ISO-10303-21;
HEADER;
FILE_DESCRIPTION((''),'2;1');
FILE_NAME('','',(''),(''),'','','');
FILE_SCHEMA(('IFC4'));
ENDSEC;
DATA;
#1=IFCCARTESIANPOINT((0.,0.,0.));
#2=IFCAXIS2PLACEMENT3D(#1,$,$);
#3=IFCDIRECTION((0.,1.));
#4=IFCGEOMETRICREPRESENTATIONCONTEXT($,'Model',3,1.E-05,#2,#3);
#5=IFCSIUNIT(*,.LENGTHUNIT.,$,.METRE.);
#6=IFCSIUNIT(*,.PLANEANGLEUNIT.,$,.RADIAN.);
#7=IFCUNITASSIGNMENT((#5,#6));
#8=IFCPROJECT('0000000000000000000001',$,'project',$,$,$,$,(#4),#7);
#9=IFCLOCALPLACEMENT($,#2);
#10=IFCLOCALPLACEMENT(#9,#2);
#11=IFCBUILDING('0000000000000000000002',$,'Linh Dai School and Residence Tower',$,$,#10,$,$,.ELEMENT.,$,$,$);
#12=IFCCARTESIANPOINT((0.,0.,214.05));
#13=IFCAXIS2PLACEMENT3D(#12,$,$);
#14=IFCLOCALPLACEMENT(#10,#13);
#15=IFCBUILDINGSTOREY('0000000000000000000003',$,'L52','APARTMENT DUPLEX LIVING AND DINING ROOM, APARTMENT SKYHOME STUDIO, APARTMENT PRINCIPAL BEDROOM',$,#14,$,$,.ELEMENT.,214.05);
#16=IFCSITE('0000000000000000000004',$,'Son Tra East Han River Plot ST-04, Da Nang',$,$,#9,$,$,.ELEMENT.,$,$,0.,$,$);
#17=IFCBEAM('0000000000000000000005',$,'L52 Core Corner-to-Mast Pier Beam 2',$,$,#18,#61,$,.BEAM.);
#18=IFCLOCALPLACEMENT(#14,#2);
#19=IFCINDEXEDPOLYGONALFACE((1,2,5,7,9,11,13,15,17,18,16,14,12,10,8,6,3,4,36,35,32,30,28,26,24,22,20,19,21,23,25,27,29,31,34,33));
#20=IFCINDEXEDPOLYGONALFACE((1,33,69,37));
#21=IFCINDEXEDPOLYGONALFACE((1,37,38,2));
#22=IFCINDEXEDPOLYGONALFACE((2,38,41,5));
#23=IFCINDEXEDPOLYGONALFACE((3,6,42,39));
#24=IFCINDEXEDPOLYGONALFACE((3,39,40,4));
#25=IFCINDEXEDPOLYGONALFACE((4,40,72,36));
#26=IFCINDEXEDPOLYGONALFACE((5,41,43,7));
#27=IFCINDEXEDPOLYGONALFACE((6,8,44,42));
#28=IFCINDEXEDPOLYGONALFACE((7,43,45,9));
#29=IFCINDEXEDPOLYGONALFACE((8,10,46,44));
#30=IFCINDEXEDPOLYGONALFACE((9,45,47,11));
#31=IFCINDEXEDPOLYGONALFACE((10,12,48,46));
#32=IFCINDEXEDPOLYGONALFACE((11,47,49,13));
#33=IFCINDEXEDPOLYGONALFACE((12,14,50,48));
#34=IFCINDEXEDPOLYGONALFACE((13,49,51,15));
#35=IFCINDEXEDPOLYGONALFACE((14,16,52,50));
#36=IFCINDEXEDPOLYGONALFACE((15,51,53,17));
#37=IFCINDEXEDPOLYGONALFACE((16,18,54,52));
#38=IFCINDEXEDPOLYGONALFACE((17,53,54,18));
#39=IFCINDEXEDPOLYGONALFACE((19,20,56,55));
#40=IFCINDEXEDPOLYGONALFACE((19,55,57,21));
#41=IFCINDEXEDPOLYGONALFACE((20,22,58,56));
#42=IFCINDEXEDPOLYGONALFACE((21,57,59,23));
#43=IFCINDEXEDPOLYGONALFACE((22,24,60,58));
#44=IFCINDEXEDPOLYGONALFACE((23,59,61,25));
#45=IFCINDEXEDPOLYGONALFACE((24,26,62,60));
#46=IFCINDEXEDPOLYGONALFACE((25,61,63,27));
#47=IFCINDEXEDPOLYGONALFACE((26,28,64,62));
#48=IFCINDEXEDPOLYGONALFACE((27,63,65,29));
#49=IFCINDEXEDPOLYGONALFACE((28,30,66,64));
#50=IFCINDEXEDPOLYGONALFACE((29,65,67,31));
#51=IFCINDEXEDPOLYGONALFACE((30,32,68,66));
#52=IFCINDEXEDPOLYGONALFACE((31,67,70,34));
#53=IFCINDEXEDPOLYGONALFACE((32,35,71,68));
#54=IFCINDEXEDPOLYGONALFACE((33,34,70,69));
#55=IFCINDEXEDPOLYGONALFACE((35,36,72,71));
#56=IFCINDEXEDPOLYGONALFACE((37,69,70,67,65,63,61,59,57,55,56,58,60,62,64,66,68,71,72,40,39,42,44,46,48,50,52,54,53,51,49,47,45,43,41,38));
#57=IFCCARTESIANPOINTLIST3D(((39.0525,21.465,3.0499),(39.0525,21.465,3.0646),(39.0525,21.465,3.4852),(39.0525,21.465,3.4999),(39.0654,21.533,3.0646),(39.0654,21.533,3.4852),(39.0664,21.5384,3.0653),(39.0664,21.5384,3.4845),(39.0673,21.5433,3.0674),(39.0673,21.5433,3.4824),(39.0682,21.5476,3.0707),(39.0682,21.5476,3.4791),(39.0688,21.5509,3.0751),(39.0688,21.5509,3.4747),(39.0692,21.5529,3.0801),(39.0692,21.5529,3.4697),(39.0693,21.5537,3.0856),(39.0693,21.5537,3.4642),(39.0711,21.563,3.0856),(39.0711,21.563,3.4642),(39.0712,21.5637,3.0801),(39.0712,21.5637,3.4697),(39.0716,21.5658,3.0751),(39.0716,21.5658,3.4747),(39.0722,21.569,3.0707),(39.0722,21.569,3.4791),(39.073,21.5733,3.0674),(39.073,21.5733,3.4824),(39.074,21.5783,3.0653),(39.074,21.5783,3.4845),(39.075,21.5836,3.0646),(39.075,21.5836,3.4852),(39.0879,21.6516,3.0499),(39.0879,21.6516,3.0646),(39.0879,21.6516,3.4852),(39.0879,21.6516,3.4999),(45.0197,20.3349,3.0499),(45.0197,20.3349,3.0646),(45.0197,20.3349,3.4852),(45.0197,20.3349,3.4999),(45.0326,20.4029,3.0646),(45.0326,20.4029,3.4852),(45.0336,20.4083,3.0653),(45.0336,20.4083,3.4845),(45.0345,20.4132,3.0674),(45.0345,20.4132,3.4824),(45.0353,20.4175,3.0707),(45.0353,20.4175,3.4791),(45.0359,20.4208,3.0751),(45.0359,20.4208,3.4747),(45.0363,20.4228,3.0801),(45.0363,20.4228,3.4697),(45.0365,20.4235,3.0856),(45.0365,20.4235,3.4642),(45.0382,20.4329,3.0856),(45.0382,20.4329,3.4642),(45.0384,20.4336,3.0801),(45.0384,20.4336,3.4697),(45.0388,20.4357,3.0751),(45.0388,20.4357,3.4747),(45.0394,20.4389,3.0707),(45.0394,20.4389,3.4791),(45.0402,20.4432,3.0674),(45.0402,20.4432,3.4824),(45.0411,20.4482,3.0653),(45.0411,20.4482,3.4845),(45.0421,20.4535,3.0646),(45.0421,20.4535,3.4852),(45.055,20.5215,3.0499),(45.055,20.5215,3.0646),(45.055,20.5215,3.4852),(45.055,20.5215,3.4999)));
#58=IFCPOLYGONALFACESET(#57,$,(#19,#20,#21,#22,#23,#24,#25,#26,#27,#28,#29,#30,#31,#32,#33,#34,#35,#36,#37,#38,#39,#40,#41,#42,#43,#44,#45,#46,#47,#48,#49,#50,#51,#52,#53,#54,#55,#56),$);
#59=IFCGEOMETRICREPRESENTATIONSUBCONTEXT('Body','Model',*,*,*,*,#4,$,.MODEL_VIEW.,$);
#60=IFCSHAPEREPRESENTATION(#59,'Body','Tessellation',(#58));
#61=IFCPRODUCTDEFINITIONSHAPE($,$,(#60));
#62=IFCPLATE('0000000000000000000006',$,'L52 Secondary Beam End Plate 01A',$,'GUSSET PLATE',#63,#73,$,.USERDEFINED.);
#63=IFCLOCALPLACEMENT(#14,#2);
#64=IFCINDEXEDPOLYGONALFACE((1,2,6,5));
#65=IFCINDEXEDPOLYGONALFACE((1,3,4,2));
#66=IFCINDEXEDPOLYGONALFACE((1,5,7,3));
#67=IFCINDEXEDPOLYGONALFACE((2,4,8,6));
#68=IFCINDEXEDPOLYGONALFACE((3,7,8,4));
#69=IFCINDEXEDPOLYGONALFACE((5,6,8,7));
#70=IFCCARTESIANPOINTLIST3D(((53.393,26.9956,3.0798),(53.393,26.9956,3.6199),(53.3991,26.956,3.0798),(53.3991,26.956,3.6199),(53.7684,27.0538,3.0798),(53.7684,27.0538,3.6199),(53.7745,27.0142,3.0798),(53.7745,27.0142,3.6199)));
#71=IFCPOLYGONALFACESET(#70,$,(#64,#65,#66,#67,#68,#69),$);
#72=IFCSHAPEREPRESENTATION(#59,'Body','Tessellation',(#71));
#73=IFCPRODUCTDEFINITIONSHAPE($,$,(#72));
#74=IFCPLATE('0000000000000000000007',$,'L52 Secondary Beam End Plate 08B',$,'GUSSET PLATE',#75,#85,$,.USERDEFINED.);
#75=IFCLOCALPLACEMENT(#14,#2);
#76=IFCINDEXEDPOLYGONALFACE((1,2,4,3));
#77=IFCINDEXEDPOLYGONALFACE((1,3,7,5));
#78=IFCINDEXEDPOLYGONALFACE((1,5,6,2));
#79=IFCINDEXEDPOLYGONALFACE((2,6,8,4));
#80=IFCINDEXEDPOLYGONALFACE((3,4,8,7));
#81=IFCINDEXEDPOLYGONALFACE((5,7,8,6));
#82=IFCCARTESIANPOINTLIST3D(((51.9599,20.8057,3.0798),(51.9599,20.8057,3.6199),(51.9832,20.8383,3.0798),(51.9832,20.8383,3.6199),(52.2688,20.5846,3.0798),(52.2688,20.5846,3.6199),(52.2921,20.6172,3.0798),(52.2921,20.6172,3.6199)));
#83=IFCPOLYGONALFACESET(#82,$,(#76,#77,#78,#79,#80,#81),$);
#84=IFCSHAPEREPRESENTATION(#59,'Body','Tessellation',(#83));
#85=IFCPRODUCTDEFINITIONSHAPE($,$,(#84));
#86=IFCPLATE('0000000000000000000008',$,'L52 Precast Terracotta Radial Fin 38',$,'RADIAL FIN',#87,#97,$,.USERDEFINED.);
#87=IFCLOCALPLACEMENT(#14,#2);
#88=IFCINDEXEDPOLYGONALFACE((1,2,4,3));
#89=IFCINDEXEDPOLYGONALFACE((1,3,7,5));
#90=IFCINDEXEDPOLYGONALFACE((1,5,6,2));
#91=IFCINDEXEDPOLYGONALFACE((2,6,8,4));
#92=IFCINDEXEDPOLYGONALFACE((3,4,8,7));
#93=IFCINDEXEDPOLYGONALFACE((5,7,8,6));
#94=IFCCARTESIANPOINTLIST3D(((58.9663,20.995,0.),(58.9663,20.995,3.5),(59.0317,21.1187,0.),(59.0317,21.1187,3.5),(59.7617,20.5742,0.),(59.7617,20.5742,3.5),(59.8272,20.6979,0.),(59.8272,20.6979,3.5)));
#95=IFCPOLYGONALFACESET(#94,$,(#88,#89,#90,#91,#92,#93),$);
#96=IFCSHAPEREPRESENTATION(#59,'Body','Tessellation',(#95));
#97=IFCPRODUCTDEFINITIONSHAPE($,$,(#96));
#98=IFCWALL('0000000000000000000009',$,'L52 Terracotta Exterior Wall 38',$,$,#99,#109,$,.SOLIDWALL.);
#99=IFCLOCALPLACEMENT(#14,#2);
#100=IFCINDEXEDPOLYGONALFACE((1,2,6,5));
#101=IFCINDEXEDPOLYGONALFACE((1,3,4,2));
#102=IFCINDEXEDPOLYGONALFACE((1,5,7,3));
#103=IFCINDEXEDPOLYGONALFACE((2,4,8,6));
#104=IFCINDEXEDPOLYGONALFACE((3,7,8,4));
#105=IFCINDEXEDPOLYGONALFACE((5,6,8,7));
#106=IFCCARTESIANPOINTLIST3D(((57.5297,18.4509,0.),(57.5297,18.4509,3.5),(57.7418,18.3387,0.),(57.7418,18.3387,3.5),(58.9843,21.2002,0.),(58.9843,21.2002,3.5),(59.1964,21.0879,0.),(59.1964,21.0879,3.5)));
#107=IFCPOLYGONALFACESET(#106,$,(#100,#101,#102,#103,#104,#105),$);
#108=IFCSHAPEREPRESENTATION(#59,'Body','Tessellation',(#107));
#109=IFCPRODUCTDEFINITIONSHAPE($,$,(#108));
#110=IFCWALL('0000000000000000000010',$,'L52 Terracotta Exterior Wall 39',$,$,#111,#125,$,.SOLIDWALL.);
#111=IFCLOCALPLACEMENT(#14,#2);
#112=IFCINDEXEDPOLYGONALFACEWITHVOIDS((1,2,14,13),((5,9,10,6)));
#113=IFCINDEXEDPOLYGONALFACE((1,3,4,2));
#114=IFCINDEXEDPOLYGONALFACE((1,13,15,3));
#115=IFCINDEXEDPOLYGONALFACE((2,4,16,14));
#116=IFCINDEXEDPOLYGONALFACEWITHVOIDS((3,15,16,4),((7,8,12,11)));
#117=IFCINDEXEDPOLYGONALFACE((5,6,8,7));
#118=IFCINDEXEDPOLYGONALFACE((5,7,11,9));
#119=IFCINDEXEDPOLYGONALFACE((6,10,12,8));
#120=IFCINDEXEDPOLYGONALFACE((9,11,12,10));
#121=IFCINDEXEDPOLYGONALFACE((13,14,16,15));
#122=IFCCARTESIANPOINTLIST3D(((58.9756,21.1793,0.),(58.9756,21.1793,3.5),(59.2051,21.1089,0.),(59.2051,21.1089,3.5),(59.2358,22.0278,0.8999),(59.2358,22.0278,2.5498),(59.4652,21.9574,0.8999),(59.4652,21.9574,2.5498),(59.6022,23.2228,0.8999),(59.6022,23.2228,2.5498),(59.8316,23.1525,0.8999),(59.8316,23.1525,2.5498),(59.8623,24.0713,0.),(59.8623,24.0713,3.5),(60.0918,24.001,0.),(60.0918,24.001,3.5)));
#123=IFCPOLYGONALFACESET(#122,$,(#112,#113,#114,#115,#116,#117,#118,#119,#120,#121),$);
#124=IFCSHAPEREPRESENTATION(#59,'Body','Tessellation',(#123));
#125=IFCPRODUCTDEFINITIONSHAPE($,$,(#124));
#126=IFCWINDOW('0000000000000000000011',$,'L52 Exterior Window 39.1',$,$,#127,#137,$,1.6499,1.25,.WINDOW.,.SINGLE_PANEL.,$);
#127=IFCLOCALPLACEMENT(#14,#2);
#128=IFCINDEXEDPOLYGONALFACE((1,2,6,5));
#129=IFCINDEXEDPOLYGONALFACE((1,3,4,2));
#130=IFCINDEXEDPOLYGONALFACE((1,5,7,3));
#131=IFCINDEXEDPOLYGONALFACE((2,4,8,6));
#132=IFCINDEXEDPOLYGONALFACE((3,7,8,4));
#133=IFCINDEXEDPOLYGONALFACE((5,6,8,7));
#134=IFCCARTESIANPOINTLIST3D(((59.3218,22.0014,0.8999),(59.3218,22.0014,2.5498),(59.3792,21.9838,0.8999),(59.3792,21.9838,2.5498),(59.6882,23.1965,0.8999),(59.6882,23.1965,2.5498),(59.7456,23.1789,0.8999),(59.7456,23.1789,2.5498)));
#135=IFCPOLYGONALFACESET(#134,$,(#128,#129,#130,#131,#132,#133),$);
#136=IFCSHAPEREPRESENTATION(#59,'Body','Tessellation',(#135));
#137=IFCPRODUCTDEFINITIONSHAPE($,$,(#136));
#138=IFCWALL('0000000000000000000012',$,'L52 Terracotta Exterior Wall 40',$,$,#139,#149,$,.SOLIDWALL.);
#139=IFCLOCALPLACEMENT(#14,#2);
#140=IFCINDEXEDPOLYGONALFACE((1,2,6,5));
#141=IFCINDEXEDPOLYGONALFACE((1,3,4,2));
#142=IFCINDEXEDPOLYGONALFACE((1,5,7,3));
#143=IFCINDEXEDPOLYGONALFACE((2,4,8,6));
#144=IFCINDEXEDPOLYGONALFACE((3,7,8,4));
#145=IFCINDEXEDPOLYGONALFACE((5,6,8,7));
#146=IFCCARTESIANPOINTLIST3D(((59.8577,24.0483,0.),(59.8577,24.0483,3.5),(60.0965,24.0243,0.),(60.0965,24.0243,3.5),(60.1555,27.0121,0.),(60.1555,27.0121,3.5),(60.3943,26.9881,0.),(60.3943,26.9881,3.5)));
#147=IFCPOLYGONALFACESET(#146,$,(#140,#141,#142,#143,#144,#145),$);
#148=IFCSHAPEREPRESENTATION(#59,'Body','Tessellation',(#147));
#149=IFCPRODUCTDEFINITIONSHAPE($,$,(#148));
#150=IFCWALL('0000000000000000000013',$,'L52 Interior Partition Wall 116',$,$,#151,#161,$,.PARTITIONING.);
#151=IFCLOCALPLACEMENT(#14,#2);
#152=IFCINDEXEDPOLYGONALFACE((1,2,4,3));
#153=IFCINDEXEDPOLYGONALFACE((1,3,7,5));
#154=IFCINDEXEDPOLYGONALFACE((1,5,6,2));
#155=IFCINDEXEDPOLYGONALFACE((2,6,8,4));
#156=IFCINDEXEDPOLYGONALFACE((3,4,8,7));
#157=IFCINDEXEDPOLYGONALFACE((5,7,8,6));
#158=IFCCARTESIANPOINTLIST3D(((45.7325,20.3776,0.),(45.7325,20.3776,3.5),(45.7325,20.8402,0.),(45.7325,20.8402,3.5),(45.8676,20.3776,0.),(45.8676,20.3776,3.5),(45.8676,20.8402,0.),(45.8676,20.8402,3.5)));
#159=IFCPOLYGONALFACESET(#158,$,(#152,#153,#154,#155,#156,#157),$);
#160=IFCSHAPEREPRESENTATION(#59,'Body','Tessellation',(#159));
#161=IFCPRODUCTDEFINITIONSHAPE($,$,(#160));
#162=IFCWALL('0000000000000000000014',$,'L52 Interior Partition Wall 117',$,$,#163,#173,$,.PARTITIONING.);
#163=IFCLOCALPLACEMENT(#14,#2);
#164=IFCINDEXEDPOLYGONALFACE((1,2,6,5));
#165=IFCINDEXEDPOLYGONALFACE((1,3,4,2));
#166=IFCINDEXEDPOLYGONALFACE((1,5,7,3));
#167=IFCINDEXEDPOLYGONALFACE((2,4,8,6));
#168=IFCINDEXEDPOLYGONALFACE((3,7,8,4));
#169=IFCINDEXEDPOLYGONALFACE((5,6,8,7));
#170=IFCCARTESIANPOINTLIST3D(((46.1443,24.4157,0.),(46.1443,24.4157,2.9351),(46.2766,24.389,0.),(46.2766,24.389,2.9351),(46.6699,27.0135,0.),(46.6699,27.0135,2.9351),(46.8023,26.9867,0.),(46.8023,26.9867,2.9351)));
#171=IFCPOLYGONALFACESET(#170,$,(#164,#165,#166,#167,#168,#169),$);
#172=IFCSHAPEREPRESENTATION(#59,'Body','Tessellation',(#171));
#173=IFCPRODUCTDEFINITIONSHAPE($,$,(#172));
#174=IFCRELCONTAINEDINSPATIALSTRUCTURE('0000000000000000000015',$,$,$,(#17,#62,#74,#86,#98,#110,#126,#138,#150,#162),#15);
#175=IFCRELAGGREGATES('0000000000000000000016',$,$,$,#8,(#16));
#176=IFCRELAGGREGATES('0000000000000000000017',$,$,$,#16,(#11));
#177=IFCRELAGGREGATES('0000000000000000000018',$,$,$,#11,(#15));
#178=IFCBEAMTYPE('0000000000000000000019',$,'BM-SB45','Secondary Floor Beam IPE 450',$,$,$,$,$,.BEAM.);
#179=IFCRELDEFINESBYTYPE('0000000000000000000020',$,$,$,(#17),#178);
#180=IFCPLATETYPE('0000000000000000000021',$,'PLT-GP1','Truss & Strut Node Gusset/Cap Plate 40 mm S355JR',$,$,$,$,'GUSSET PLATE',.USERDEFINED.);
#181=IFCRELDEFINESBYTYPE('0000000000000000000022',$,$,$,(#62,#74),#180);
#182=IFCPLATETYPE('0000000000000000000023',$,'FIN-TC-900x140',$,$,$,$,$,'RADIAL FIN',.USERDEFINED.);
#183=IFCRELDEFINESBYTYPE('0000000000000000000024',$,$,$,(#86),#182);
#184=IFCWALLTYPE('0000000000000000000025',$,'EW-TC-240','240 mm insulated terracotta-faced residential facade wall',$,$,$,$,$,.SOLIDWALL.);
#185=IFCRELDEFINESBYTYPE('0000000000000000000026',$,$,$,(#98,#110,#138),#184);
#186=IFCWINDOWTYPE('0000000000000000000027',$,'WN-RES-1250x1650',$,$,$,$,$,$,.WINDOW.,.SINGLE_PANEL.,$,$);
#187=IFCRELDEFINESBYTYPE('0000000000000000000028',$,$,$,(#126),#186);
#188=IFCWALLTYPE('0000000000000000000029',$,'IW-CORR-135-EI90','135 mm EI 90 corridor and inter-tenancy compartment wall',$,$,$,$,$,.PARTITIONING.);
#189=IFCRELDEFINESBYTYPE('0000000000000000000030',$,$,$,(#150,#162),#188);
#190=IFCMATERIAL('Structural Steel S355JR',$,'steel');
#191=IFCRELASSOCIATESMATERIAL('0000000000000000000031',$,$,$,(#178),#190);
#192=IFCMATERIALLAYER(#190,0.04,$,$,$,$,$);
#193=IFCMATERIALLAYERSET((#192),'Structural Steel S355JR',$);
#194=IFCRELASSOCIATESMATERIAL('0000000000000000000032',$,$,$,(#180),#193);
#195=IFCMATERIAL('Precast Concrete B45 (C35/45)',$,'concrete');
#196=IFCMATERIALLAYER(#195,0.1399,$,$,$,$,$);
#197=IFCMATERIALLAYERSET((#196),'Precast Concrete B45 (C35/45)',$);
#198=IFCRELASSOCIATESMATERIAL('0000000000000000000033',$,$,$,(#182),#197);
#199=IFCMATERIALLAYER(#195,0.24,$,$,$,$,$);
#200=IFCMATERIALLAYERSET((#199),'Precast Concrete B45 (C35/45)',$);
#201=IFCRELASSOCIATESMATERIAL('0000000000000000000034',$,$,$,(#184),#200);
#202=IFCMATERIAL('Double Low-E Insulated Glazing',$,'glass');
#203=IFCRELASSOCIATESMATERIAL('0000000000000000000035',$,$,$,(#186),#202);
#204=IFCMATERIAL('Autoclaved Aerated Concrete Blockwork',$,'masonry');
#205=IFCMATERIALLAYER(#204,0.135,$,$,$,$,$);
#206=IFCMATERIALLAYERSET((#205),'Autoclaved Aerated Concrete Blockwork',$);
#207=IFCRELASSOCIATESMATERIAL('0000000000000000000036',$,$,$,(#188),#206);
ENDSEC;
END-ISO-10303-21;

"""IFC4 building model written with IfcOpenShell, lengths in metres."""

from ifc_helpers import new_model, si_unit, direction, frame, frame_2d, origin, origin_2d, place, context, subcontext, project, spatial, rectangle, i_section, extrude, source, transform, mapped, material, layer, layer_set, material_profile, profile_set, type_object, element, fill, save


model = new_model("IFC4")

# Units and contexts
model_context = context("Model", 3, precision=1e-05, world=origin(), true_north=direction((0.0, 1.0)))
body_context = subcontext(model_context, "Body", "Model", "MODEL_VIEW")
ifc_project = project(units=[si_unit("LENGTHUNIT", "METRE"), si_unit("PLANEANGLEUNIT", "RADIAN")], contexts=[model_context])

# Site, building, storey
site_placement = place(None, origin())
site = spatial("IfcSite", under=ifc_project, at=site_placement, Name="Son Tra East Han River Plot ST-04, Da Nang", CompositionType="ELEMENT", RefElevation=0.0)
building_placement = place(site_placement, origin())
building = spatial("IfcBuilding", under=site, at=building_placement, Name="Linh Dai School and Residence Tower", CompositionType="ELEMENT")
storey_placement = place(building_placement, frame((0.0, 0.0, 214.05)))
storey = spatial("IfcBuildingStorey", under=building, at=storey_placement, Name="L52", Description="APARTMENT DUPLEX LIVING AND DINING ROOM, APARTMENT SKYHOME STUDIO, APARTMENT PRINCIPAL BEDROOM", CompositionType="ELEMENT", Elevation=214.05)

# Shared definitions
ifc_material_1 = material(Name="Structural Steel S355JR", Category="steel")

# Beam
ifc_material_profile_1 = material_profile(ifc_material_1, i_section(OverallWidth=0.1899, OverallDepth=0.45, WebThickness=0.0095, FlangeThickness=0.0146, FilletRadius=0.021, at=origin_2d()), Name="IPE 450")
ifc_profile_set_1 = profile_set([ifc_material_profile_1], Name="Structural Steel S355JR")
beam_type_1 = type_object("IfcBeamType", Name="BM-SB45", Description="Secondary Floor Beam IPE 450", PredefinedType="BEAM", material=ifc_profile_set_1)
beam_1_placement = place(storey_placement, frame((45.0374, 20.4282, 3.2749), z_axis=(-0.982535, 0.186079, 0.0), x_axis=(-0.186079, -0.982535, 0.0)))
element("IfcBeam", 1, at=beam_1_placement, inside=storey, type_object=beam_type_1, Name="L52 Core Corner-to-Mast Pier Beam 2", PredefinedType="BEAM", context=body_context, shape_type="SweptSolid", body=[
    extrude(i_section(OverallWidth=0.1899, OverallDepth=0.45, WebThickness=0.0095, FlangeThickness=0.0146, FilletRadius=0.021, at=origin_2d()), origin(), (0.0, 0.0, 1.0), 6.0732),
])

# Plates
ifc_layer_1 = layer(ifc_material_1, 0.04)
ifc_layer_set_1 = layer_set([ifc_layer_1], Name="Structural Steel S355JR")
plate_type_1 = type_object("IfcPlateType", Name="PLT-GP1", Description="Truss & Strut Node Gusset/Cap Plate 40 mm S355JR", ElementType="GUSSET PLATE", PredefinedType="USERDEFINED", material=ifc_layer_set_1)
shared_shape_1 = source(origin(), body_context, "Body", "SweptSolid", [
    extrude(rectangle(XDim=0.04, YDim=0.3799, at=origin_2d()), origin(), (0.0, 0.0, 1.0), 0.54),
])
for number, where, z_axis, x_axis, name in (
    (2, (53.5837, 27.0049, 3.0798), (0.0, 0.0, 1.0), (-0.153186, 0.988197, 0.0), "L52 Secondary Beam End Plate 01A"),
    (3, (52.126, 20.7114, 3.0798), (0.0, 0.0, 1.0), (0.58204, 0.81316, 0.0), "L52 Secondary Beam End Plate 08B"),
):
    element("IfcPlate", number, at=place(storey_placement, frame(where, z_axis=z_axis, x_axis=x_axis)), inside=storey, type_object=plate_type_1, Name=name, ObjectType="GUSSET PLATE", PredefinedType="USERDEFINED", context=body_context, shape_type="MappedRepresentation", body=[
        mapped(shared_shape_1, transform((0.0, 0.0, 0.0), x_axis=(1.0, 0.0, 0.0), y_axis=(0.0, 1.0, 0.0), z_axis=(0.0, 0.0, 1.0), scale=1.0)),
    ])
ifc_material_2 = material(Name="Precast Concrete B45 (C35/45)", Category="concrete")
ifc_layer_2 = layer(ifc_material_2, 0.1399)
ifc_layer_set_2 = layer_set([ifc_layer_2], Name="Precast Concrete B45 (C35/45)")
plate_type_2 = type_object("IfcPlateType", Name="FIN-TC-900x140", ElementType="RADIAL FIN", PredefinedType="USERDEFINED", material=ifc_layer_set_2)
shared_shape_2 = source(origin(), body_context, "Body", "SweptSolid", [
    extrude(rectangle(XDim=0.8999, YDim=0.1399, at=origin_2d()), origin(), (0.0, 0.0, 1.0), 3.5),
])
plate_placement = place(storey_placement, frame((59.3967, 20.8464, 0.0), z_axis=(0.0, 0.0, 1.0), x_axis=(0.883929, -0.467621, 0.0)))
element("IfcPlate", 4, at=plate_placement, inside=storey, type_object=plate_type_2, Name="L52 Precast Terracotta Radial Fin 38", ObjectType="RADIAL FIN", PredefinedType="USERDEFINED", context=body_context, shape_type="MappedRepresentation", body=[
    mapped(shared_shape_2, transform((0.0, 0.0, 0.0), x_axis=(1.0, 0.0, 0.0), y_axis=(0.0, 1.0, 0.0), z_axis=(0.0, 0.0, 1.0), scale=1.0)),
])

# Wall
ifc_layer_3 = layer(ifc_material_2, 0.24)
ifc_layer_set_3 = layer_set([ifc_layer_3], Name="Precast Concrete B45 (C35/45)")
wall_type_1 = type_object("IfcWallType", Name="EW-TC-240", Description="240 mm insulated terracotta-faced residential facade wall", PredefinedType="SOLIDWALL", material=ifc_layer_set_3)
wall_1_placement = place(storey_placement, frame((59.0903, 21.144, 0.0), z_axis=(0.0, 0.0, 1.0), x_axis=(-0.46766, -0.883908, 0.0)))
element("IfcWall", 5, at=wall_1_placement, inside=storey, type_object=wall_type_1, Name="L52 Terracotta Exterior Wall 38", PredefinedType="SOLIDWALL", context=body_context, shape_type="SweptSolid", body=[
    extrude(rectangle(XDim=3.1104, YDim=0.24, at=frame_2d((1.5552, 0.0))), origin(), (0.0, 0.0, 1.0), 3.5),
])

# Wall, opening, window
wall_2_placement = place(storey_placement, frame((59.9771, 24.0361, 0.0), z_axis=(0.0, 0.0, 1.0), x_axis=(-0.293133, -0.956072, 0.0)))
wall_2 = element("IfcWall", 6, at=wall_2_placement, inside=storey, type_object=wall_type_1, Name="L52 Terracotta Exterior Wall 39", PredefinedType="SOLIDWALL", context=body_context, shape_type="SweptSolid", body=[
    extrude(rectangle(XDim=3.0249, YDim=0.24, at=frame_2d((1.5125, 0.0))), origin(), (0.0, 0.0, 1.0), 3.5),
])
opening_1_placement = place(wall_2_placement, frame((0.8875, 0.0, 0.8999)))
opening_1 = element("IfcOpeningElement", 7, at=opening_1_placement, cuts=wall_2, PredefinedType="OPENING", context=body_context, shape_type="SweptSolid", body=[
    extrude(rectangle(XDim=1.25, YDim=1.6499, at=origin_2d()), frame((0.625, 0.1299, 0.825), z_axis=(0.0, -1.0, 0.0), x_axis=(1.0, 0.0, 0.0)), (0.0, 0.0, 1.0), 0.26),
])
ifc_material_3 = material(Name="Double Low-E Insulated Glazing", Category="glass")
window_type = type_object("IfcWindowType", Name="WN-RES-1250x1650", PartitioningType="SINGLE_PANEL", PredefinedType="WINDOW", material=ifc_material_3)
shared_shape_3 = source(origin(), body_context, "Body", "SweptSolid", [
    extrude(rectangle(XDim=1.25, YDim=1.6499, at=origin_2d()), frame((0.625, 0.03, 0.825), z_axis=(0.0, -1.0, 0.0), x_axis=(1.0, 0.0, 0.0)), (0.0, 0.0, 1.0), 0.0601),
])
window_placement = place(opening_1_placement, origin())
window = element("IfcWindow", 8, at=window_placement, inside=storey, type_object=window_type, Name="L52 Exterior Window 39.1", OverallHeight=1.6499, OverallWidth=1.25, PartitioningType="SINGLE_PANEL", PredefinedType="WINDOW", context=body_context, shape_type="MappedRepresentation", body=[
    mapped(shared_shape_3, transform((0.0, 0.0, 0.0), x_axis=(1.0, 0.0, 0.0), y_axis=(0.0, 1.0, 0.0), z_axis=(0.0, 0.0, 1.0), scale=1.0)),
])
fill(opening_1, window)

# Walls
wall_3_placement = place(storey_placement, frame((60.2749, 27.0, 0.0), z_axis=(0.0, 0.0, 1.0), x_axis=(-0.099991, -0.994988, 0.0)))
element("IfcWall", 9, at=wall_3_placement, inside=storey, type_object=wall_type_1, Name="L52 Terracotta Exterior Wall 40", PredefinedType="SOLIDWALL", context=body_context, shape_type="SweptSolid", body=[
    extrude(rectangle(XDim=2.9788, YDim=0.24, at=frame_2d((1.4893, 0.0))), origin(), (0.0, 0.0, 1.0), 3.5),
])
ifc_material_4 = material(Name="Autoclaved Aerated Concrete Blockwork", Category="masonry")
ifc_layer_4 = layer(ifc_material_4, 0.135)
ifc_layer_set_4 = layer_set([ifc_layer_4], Name="Autoclaved Aerated Concrete Blockwork")
wall_type_2 = type_object("IfcWallType", Name="IW-CORR-135-EI90", Description="135 mm EI 90 corridor and inter-tenancy compartment wall", PredefinedType="PARTITIONING", material=ifc_layer_set_4)
wall_4_placement = place(storey_placement, frame((45.8, 20.3774, 0.0), z_axis=(0.0, 0.0, 1.0), x_axis=(0.0, 1.0, 0.0)))
element("IfcWall", 10, at=wall_4_placement, inside=storey, type_object=wall_type_2, Name="L52 Interior Partition Wall 116", PredefinedType="PARTITIONING", context=body_context, shape_type="SweptSolid", body=[
    extrude(rectangle(XDim=0.4626, YDim=0.135, at=frame_2d((0.2314, 0.0))), origin(), (0.0, 0.0, 1.0), 3.5),
])
wall_5_placement = place(storey_placement, frame((46.2104, 24.4023, 0.0), z_axis=(0.0, 0.0, 1.0), x_axis=(0.19833, 0.980135, 0.0)))
element("IfcWall", 11, at=wall_5_placement, inside=storey, type_object=wall_type_2, Name="L52 Interior Partition Wall 117", PredefinedType="PARTITIONING", context=body_context, shape_type="SweptSolid", body=[
    extrude(rectangle(XDim=2.6504, YDim=0.135, at=frame_2d((1.3252, 0.0))), origin(), (0.0, 0.0, 1.0), 2.9351),
])

save(model, "model.ifc")
